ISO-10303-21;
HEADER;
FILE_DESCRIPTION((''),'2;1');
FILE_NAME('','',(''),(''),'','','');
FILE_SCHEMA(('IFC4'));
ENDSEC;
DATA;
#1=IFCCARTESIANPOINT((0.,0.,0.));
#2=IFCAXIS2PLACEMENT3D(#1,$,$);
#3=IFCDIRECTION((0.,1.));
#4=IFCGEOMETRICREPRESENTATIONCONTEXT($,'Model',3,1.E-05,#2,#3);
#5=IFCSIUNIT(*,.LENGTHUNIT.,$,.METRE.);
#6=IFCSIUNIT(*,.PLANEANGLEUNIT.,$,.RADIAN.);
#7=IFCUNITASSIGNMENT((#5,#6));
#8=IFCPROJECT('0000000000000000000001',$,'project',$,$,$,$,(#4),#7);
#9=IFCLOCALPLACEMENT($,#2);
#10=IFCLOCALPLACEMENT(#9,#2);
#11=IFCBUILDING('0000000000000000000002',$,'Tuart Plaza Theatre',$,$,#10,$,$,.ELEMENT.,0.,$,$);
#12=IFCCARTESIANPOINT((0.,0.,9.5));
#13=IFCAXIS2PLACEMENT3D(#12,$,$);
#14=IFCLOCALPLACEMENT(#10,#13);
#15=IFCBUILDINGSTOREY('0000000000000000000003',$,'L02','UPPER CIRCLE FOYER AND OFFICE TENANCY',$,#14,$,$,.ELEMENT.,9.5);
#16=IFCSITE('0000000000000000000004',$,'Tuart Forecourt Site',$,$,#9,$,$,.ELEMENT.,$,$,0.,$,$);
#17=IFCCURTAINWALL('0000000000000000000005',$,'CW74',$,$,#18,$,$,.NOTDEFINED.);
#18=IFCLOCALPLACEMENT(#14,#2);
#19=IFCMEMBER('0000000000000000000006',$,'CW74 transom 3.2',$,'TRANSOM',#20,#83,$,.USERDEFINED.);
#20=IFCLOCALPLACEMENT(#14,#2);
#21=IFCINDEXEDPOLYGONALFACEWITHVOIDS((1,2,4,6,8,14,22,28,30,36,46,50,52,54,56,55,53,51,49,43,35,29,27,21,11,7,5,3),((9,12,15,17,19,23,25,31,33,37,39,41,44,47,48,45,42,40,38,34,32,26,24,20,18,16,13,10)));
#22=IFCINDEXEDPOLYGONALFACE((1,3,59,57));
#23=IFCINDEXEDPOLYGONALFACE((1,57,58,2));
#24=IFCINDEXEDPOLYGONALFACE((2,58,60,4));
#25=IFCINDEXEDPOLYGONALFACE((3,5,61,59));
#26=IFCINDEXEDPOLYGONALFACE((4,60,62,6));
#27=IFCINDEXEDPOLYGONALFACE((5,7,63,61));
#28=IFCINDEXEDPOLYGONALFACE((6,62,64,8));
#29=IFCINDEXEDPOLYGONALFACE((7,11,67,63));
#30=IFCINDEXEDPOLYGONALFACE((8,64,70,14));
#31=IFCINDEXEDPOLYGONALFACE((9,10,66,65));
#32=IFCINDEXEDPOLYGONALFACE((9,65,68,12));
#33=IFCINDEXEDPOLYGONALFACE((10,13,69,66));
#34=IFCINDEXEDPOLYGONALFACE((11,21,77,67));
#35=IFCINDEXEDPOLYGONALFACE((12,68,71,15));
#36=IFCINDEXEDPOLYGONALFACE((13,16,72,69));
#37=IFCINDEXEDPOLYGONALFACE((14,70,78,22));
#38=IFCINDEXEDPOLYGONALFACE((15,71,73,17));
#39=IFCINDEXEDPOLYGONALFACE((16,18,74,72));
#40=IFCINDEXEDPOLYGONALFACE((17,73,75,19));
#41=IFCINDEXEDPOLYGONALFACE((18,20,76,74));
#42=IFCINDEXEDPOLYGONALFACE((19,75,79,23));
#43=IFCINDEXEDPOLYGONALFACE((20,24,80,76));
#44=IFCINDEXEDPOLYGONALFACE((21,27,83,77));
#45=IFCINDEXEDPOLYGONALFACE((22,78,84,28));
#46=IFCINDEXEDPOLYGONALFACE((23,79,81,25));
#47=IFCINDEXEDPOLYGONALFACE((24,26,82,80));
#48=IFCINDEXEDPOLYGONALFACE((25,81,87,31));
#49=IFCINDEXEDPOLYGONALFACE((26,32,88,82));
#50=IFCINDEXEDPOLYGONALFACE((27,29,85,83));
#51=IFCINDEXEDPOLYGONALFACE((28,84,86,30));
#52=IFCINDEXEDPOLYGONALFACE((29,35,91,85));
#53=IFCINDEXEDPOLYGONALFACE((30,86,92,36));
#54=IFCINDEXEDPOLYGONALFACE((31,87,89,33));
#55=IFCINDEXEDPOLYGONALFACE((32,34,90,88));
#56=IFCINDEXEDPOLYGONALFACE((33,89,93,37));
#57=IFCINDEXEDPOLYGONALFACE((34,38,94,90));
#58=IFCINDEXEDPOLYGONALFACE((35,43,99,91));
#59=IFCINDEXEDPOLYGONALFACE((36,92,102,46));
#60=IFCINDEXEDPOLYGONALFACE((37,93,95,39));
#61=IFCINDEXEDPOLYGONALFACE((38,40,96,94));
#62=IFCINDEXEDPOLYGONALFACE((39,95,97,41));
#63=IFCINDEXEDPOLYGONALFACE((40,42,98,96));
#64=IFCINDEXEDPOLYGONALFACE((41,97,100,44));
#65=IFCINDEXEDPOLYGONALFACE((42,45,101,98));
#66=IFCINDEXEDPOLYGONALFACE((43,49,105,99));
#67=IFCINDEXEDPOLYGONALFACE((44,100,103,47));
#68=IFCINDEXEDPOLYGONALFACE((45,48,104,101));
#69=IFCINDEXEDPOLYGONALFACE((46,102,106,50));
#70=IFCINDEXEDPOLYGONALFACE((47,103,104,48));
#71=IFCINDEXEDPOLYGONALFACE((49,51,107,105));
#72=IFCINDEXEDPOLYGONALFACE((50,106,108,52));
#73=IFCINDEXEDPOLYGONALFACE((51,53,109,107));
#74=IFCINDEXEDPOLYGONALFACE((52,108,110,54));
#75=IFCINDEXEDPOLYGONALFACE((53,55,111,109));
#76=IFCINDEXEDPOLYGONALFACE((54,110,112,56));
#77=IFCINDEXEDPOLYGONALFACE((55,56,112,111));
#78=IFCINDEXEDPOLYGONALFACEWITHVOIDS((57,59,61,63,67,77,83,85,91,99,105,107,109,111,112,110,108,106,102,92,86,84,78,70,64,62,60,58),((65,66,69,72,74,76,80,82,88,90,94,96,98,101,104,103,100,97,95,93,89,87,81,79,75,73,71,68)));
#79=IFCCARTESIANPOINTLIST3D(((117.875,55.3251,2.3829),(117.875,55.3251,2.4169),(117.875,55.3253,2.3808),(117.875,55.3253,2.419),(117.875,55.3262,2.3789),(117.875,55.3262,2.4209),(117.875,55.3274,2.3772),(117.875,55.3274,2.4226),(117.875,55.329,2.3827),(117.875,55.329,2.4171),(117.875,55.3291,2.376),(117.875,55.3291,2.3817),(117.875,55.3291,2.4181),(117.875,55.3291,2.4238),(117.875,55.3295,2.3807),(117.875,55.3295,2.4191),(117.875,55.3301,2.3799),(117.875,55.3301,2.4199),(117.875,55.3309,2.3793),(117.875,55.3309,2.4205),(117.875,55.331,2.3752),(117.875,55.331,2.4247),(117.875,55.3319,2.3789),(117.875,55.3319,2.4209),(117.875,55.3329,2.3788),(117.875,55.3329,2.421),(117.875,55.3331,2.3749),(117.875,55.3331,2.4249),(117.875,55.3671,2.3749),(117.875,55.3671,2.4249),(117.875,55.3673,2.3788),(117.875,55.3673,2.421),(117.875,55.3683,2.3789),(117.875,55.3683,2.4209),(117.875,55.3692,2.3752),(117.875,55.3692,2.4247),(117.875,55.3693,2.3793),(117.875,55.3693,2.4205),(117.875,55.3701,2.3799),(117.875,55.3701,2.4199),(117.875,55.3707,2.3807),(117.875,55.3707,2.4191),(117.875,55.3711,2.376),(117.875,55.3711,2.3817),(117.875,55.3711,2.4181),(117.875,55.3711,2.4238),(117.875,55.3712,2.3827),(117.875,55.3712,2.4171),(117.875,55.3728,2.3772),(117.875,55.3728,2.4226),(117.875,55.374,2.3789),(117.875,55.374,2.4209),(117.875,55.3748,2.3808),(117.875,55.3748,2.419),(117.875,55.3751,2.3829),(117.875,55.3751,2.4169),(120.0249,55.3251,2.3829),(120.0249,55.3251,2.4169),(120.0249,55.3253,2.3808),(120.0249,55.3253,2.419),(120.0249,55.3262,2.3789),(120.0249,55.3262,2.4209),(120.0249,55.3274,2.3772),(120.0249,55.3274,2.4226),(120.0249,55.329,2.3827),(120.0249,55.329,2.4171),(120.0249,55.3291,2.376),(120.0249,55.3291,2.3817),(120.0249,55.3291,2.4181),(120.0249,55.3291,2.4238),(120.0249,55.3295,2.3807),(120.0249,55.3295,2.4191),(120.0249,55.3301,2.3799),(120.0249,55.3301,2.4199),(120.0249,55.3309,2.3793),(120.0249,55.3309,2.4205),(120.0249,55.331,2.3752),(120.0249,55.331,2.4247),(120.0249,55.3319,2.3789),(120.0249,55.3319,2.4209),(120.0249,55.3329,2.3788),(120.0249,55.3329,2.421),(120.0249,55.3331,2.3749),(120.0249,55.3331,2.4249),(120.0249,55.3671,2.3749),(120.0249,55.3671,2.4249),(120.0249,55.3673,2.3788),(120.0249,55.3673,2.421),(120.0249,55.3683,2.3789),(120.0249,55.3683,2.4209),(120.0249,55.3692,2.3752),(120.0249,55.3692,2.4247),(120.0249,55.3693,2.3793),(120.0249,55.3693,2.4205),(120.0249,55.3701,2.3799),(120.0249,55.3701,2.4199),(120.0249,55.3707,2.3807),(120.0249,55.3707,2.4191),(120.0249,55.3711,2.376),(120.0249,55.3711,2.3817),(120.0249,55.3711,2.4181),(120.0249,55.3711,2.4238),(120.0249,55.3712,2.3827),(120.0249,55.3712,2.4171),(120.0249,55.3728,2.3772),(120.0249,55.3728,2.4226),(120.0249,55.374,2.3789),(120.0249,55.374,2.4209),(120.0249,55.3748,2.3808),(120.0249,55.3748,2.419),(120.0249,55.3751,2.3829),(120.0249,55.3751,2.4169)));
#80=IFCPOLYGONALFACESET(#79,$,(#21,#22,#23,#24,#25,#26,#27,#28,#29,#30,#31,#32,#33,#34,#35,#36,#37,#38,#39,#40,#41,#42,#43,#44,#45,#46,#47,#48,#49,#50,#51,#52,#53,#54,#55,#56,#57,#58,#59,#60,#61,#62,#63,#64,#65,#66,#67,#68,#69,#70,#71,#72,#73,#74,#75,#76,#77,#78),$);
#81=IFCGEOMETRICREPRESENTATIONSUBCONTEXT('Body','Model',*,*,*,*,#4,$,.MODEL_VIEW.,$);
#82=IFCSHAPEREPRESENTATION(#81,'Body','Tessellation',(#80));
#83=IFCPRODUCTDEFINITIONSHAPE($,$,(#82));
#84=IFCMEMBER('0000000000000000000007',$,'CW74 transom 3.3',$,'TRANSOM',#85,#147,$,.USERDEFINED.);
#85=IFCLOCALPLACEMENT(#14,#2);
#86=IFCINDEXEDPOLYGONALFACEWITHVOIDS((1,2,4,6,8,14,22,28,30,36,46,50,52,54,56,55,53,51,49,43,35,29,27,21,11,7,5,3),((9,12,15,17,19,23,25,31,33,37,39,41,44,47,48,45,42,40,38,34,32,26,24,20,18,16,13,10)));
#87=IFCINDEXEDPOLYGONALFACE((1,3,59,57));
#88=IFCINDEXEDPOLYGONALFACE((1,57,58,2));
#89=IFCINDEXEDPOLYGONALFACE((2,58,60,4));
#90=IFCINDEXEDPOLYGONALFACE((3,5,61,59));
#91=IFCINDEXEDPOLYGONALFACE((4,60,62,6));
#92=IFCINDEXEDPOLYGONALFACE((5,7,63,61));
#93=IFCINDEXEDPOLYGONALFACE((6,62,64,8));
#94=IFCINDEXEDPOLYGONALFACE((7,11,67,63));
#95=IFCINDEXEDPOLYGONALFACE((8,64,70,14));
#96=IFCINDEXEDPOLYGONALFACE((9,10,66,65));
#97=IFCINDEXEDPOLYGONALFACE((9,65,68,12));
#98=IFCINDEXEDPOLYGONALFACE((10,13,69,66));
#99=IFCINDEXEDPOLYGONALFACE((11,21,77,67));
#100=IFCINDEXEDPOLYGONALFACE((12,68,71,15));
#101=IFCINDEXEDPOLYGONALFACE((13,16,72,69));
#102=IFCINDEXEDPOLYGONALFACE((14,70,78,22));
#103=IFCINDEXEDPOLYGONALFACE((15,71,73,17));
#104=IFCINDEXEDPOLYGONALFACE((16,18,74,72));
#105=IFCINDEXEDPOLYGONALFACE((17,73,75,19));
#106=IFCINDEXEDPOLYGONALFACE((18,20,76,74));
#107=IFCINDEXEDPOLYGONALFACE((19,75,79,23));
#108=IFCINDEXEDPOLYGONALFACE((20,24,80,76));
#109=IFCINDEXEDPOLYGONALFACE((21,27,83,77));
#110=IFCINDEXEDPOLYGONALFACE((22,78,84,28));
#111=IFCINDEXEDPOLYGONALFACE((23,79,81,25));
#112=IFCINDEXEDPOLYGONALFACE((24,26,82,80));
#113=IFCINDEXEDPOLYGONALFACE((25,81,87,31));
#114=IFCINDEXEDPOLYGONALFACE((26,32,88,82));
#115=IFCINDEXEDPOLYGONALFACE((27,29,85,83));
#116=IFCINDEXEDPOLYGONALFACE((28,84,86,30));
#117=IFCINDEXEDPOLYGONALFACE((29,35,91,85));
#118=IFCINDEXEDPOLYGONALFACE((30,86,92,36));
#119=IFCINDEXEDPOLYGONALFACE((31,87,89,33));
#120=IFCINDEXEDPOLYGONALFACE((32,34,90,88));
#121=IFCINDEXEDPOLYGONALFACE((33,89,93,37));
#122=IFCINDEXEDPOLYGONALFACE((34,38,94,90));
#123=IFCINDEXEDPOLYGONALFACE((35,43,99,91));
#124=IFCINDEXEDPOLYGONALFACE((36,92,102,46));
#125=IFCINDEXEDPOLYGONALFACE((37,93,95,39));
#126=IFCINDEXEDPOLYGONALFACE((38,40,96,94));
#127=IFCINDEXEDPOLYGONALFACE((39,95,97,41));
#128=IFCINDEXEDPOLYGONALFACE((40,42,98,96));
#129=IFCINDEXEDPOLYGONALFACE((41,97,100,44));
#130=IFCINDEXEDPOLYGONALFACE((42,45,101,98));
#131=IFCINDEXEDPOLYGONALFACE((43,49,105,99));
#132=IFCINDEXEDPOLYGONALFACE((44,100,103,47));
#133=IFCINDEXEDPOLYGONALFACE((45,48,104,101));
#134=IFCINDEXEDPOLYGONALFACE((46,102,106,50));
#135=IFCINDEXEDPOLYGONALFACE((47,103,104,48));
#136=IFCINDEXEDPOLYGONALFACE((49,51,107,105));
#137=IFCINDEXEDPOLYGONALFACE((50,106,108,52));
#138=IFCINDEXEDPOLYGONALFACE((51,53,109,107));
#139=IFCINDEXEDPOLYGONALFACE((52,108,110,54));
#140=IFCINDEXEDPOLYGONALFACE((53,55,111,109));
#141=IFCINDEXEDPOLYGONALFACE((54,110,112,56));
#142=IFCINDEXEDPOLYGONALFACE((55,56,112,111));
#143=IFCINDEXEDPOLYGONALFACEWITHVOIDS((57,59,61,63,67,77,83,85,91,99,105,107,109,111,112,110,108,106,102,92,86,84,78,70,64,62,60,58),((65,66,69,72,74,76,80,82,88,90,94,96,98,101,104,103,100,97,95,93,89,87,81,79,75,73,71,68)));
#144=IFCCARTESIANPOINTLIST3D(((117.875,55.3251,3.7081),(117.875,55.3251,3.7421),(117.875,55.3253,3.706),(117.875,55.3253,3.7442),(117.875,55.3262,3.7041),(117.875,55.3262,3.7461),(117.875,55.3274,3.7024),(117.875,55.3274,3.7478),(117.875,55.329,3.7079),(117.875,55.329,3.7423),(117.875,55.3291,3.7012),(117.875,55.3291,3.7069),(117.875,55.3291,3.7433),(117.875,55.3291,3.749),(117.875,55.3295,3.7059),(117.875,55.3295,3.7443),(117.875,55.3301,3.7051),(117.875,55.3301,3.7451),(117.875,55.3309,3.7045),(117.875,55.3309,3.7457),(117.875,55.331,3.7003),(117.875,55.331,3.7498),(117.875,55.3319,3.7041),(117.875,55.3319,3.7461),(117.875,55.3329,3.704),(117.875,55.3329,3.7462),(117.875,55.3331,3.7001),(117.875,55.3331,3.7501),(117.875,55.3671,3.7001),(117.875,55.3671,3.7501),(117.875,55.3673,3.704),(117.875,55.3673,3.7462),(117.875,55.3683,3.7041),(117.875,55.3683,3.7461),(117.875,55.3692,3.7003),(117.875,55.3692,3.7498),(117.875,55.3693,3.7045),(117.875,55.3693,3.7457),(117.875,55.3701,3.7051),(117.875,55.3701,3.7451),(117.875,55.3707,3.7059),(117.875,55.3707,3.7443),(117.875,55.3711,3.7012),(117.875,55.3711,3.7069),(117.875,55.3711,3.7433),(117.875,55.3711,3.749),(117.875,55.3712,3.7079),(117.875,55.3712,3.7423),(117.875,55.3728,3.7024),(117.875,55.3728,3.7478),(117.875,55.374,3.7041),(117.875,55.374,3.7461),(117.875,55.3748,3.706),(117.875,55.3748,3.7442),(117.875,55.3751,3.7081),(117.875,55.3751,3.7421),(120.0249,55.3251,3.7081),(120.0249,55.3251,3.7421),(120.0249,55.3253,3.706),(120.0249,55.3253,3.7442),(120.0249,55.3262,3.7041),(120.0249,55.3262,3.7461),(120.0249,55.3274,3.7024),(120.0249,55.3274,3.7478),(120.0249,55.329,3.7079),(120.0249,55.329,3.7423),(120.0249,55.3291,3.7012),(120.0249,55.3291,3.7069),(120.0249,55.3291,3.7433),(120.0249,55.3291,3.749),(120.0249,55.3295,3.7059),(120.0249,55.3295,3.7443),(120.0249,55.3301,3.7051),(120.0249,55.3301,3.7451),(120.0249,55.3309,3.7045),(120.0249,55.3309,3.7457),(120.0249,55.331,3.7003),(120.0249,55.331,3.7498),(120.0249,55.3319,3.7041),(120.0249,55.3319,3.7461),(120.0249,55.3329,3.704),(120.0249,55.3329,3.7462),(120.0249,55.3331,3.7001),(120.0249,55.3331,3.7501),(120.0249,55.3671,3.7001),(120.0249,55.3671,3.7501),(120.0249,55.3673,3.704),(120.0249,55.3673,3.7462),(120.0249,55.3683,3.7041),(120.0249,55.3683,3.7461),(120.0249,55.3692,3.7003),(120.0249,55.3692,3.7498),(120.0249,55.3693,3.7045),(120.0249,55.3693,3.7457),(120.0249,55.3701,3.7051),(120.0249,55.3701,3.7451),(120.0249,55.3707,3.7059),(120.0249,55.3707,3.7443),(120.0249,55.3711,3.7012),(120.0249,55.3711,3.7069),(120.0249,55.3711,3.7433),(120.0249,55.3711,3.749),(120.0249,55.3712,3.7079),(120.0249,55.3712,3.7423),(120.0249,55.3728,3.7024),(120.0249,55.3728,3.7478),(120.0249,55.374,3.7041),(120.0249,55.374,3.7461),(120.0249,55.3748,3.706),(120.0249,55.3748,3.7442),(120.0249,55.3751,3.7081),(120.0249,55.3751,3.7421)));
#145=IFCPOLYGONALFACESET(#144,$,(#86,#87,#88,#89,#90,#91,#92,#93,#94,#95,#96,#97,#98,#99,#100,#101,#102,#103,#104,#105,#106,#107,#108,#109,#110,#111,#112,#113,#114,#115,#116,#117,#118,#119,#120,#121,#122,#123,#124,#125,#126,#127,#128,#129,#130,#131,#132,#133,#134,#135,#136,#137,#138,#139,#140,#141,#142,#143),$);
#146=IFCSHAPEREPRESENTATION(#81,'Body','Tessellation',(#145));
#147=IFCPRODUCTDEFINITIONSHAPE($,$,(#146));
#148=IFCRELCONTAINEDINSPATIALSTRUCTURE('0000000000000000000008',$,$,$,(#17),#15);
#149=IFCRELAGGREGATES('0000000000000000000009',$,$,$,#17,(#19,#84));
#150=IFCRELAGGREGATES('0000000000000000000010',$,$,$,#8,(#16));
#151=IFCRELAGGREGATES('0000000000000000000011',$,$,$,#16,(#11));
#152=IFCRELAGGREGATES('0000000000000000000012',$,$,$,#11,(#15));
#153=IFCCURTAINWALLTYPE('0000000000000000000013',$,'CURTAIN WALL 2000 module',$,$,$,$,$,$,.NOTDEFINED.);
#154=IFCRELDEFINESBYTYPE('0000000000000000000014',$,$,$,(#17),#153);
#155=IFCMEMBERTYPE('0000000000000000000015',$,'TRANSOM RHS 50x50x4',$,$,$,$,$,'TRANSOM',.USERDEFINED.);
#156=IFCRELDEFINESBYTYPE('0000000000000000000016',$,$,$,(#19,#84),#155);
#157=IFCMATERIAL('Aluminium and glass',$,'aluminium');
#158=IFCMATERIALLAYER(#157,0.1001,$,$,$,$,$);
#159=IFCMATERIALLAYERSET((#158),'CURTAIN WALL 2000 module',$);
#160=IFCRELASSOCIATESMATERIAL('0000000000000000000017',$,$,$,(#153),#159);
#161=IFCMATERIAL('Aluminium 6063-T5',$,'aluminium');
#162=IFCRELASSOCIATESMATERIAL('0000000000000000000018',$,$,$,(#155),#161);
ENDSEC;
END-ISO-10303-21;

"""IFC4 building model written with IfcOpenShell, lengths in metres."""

from ifc_helpers import new_model, si_unit, direction, frame, origin, origin_2d, place, context, subcontext, project, spatial, hollow_rectangle, extrude, material, layer, layer_set, material_profile, profile_set, type_object, element, aggregate, save


model = new_model("IFC4")

# Units and contexts
model_context = context("Model", 3, precision=1e-05, world=origin(), true_north=direction((0.0, 1.0)))
body_context = subcontext(model_context, "Body", "Model", "MODEL_VIEW")
ifc_project = project(units=[si_unit("LENGTHUNIT", "METRE"), si_unit("PLANEANGLEUNIT", "RADIAN")], contexts=[model_context])

# Site, building, storey
site_placement = place(None, origin())
site = spatial("IfcSite", under=ifc_project, at=site_placement, Name="Tuart Forecourt Site", CompositionType="ELEMENT", RefElevation=0.0)
building_placement = place(site_placement, origin())
building = spatial("IfcBuilding", under=site, at=building_placement, Name="Tuart Plaza Theatre", CompositionType="ELEMENT", ElevationOfRefHeight=0.0)
storey_placement = place(building_placement, frame((0.0, 0.0, 9.5)))
storey = spatial("IfcBuildingStorey", under=building, at=storey_placement, Name="L02", Description="UPPER CIRCLE FOYER AND OFFICE TENANCY", CompositionType="ELEMENT", Elevation=9.5)

# Curtain wall, members
ifc_material_1 = material(Name="Aluminium and glass", Category="aluminium")
ifc_layer_1 = layer(ifc_material_1, 0.1001)
ifc_layer_set_1 = layer_set([ifc_layer_1], Name="CURTAIN WALL 2000 module")
curtain_wall_type = type_object("IfcCurtainWallType", Name="CURTAIN WALL 2000 module", PredefinedType="NOTDEFINED", material=ifc_layer_set_1)
curtain_wall_placement = place(storey_placement, origin())
curtain_wall = element("IfcCurtainWall", 1, at=curtain_wall_placement, inside=storey, type_object=curtain_wall_type, Name="CW74", PredefinedType="NOTDEFINED")
ifc_material_2 = material(Name="Aluminium 6063-T5", Category="aluminium")
ifc_material_profile_1 = material_profile(ifc_material_2, hollow_rectangle(XDim=0.05, YDim=0.05, WallThickness=0.0039, InnerFilletRadius=0.0039, OuterFilletRadius=0.0081, at=origin_2d()), Name="RHS 50x50x4")
ifc_profile_set_1 = profile_set([ifc_material_profile_1], Name="Aluminium 6063-T5")
member_type_1 = type_object("IfcMemberType", Name="TRANSOM RHS 50x50x4", ElementType="TRANSOM", PredefinedType="USERDEFINED", material=ifc_profile_set_1)
member_1_placement = place(storey_placement, frame((117.875, 55.3501, 2.3999), z_axis=(1.0, 0.0, 0.0), x_axis=(0.0, 1.0, 0.0)))
member_1 = element("IfcMember", 2, at=member_1_placement, type_object=member_type_1, Name="CW74 transom 3.2", ObjectType="TRANSOM", PredefinedType="USERDEFINED", context=body_context, shape_type="SweptSolid", body=[
    extrude(hollow_rectangle(XDim=0.05, YDim=0.05, WallThickness=0.0039, InnerFilletRadius=0.0039, OuterFilletRadius=0.0081, at=origin_2d()), origin(), (0.0, 0.0, 1.0), 2.1499),
])
member_2_placement = place(storey_placement, frame((117.875, 55.3501, 3.7251), z_axis=(1.0, 0.0, 0.0), x_axis=(0.0, 1.0, 0.0)))
member_2 = element("IfcMember", 3, at=member_2_placement, type_object=member_type_1, Name="CW74 transom 3.3", ObjectType="TRANSOM", PredefinedType="USERDEFINED", context=body_context, shape_type="SweptSolid", body=[
    extrude(hollow_rectangle(XDim=0.05, YDim=0.05, WallThickness=0.0039, InnerFilletRadius=0.0039, OuterFilletRadius=0.0081, at=origin_2d()), origin(), (0.0, 0.0, 1.0), 2.1499),
])
aggregate(curtain_wall, [member_1, member_2])

save(model, "model.ifc")
